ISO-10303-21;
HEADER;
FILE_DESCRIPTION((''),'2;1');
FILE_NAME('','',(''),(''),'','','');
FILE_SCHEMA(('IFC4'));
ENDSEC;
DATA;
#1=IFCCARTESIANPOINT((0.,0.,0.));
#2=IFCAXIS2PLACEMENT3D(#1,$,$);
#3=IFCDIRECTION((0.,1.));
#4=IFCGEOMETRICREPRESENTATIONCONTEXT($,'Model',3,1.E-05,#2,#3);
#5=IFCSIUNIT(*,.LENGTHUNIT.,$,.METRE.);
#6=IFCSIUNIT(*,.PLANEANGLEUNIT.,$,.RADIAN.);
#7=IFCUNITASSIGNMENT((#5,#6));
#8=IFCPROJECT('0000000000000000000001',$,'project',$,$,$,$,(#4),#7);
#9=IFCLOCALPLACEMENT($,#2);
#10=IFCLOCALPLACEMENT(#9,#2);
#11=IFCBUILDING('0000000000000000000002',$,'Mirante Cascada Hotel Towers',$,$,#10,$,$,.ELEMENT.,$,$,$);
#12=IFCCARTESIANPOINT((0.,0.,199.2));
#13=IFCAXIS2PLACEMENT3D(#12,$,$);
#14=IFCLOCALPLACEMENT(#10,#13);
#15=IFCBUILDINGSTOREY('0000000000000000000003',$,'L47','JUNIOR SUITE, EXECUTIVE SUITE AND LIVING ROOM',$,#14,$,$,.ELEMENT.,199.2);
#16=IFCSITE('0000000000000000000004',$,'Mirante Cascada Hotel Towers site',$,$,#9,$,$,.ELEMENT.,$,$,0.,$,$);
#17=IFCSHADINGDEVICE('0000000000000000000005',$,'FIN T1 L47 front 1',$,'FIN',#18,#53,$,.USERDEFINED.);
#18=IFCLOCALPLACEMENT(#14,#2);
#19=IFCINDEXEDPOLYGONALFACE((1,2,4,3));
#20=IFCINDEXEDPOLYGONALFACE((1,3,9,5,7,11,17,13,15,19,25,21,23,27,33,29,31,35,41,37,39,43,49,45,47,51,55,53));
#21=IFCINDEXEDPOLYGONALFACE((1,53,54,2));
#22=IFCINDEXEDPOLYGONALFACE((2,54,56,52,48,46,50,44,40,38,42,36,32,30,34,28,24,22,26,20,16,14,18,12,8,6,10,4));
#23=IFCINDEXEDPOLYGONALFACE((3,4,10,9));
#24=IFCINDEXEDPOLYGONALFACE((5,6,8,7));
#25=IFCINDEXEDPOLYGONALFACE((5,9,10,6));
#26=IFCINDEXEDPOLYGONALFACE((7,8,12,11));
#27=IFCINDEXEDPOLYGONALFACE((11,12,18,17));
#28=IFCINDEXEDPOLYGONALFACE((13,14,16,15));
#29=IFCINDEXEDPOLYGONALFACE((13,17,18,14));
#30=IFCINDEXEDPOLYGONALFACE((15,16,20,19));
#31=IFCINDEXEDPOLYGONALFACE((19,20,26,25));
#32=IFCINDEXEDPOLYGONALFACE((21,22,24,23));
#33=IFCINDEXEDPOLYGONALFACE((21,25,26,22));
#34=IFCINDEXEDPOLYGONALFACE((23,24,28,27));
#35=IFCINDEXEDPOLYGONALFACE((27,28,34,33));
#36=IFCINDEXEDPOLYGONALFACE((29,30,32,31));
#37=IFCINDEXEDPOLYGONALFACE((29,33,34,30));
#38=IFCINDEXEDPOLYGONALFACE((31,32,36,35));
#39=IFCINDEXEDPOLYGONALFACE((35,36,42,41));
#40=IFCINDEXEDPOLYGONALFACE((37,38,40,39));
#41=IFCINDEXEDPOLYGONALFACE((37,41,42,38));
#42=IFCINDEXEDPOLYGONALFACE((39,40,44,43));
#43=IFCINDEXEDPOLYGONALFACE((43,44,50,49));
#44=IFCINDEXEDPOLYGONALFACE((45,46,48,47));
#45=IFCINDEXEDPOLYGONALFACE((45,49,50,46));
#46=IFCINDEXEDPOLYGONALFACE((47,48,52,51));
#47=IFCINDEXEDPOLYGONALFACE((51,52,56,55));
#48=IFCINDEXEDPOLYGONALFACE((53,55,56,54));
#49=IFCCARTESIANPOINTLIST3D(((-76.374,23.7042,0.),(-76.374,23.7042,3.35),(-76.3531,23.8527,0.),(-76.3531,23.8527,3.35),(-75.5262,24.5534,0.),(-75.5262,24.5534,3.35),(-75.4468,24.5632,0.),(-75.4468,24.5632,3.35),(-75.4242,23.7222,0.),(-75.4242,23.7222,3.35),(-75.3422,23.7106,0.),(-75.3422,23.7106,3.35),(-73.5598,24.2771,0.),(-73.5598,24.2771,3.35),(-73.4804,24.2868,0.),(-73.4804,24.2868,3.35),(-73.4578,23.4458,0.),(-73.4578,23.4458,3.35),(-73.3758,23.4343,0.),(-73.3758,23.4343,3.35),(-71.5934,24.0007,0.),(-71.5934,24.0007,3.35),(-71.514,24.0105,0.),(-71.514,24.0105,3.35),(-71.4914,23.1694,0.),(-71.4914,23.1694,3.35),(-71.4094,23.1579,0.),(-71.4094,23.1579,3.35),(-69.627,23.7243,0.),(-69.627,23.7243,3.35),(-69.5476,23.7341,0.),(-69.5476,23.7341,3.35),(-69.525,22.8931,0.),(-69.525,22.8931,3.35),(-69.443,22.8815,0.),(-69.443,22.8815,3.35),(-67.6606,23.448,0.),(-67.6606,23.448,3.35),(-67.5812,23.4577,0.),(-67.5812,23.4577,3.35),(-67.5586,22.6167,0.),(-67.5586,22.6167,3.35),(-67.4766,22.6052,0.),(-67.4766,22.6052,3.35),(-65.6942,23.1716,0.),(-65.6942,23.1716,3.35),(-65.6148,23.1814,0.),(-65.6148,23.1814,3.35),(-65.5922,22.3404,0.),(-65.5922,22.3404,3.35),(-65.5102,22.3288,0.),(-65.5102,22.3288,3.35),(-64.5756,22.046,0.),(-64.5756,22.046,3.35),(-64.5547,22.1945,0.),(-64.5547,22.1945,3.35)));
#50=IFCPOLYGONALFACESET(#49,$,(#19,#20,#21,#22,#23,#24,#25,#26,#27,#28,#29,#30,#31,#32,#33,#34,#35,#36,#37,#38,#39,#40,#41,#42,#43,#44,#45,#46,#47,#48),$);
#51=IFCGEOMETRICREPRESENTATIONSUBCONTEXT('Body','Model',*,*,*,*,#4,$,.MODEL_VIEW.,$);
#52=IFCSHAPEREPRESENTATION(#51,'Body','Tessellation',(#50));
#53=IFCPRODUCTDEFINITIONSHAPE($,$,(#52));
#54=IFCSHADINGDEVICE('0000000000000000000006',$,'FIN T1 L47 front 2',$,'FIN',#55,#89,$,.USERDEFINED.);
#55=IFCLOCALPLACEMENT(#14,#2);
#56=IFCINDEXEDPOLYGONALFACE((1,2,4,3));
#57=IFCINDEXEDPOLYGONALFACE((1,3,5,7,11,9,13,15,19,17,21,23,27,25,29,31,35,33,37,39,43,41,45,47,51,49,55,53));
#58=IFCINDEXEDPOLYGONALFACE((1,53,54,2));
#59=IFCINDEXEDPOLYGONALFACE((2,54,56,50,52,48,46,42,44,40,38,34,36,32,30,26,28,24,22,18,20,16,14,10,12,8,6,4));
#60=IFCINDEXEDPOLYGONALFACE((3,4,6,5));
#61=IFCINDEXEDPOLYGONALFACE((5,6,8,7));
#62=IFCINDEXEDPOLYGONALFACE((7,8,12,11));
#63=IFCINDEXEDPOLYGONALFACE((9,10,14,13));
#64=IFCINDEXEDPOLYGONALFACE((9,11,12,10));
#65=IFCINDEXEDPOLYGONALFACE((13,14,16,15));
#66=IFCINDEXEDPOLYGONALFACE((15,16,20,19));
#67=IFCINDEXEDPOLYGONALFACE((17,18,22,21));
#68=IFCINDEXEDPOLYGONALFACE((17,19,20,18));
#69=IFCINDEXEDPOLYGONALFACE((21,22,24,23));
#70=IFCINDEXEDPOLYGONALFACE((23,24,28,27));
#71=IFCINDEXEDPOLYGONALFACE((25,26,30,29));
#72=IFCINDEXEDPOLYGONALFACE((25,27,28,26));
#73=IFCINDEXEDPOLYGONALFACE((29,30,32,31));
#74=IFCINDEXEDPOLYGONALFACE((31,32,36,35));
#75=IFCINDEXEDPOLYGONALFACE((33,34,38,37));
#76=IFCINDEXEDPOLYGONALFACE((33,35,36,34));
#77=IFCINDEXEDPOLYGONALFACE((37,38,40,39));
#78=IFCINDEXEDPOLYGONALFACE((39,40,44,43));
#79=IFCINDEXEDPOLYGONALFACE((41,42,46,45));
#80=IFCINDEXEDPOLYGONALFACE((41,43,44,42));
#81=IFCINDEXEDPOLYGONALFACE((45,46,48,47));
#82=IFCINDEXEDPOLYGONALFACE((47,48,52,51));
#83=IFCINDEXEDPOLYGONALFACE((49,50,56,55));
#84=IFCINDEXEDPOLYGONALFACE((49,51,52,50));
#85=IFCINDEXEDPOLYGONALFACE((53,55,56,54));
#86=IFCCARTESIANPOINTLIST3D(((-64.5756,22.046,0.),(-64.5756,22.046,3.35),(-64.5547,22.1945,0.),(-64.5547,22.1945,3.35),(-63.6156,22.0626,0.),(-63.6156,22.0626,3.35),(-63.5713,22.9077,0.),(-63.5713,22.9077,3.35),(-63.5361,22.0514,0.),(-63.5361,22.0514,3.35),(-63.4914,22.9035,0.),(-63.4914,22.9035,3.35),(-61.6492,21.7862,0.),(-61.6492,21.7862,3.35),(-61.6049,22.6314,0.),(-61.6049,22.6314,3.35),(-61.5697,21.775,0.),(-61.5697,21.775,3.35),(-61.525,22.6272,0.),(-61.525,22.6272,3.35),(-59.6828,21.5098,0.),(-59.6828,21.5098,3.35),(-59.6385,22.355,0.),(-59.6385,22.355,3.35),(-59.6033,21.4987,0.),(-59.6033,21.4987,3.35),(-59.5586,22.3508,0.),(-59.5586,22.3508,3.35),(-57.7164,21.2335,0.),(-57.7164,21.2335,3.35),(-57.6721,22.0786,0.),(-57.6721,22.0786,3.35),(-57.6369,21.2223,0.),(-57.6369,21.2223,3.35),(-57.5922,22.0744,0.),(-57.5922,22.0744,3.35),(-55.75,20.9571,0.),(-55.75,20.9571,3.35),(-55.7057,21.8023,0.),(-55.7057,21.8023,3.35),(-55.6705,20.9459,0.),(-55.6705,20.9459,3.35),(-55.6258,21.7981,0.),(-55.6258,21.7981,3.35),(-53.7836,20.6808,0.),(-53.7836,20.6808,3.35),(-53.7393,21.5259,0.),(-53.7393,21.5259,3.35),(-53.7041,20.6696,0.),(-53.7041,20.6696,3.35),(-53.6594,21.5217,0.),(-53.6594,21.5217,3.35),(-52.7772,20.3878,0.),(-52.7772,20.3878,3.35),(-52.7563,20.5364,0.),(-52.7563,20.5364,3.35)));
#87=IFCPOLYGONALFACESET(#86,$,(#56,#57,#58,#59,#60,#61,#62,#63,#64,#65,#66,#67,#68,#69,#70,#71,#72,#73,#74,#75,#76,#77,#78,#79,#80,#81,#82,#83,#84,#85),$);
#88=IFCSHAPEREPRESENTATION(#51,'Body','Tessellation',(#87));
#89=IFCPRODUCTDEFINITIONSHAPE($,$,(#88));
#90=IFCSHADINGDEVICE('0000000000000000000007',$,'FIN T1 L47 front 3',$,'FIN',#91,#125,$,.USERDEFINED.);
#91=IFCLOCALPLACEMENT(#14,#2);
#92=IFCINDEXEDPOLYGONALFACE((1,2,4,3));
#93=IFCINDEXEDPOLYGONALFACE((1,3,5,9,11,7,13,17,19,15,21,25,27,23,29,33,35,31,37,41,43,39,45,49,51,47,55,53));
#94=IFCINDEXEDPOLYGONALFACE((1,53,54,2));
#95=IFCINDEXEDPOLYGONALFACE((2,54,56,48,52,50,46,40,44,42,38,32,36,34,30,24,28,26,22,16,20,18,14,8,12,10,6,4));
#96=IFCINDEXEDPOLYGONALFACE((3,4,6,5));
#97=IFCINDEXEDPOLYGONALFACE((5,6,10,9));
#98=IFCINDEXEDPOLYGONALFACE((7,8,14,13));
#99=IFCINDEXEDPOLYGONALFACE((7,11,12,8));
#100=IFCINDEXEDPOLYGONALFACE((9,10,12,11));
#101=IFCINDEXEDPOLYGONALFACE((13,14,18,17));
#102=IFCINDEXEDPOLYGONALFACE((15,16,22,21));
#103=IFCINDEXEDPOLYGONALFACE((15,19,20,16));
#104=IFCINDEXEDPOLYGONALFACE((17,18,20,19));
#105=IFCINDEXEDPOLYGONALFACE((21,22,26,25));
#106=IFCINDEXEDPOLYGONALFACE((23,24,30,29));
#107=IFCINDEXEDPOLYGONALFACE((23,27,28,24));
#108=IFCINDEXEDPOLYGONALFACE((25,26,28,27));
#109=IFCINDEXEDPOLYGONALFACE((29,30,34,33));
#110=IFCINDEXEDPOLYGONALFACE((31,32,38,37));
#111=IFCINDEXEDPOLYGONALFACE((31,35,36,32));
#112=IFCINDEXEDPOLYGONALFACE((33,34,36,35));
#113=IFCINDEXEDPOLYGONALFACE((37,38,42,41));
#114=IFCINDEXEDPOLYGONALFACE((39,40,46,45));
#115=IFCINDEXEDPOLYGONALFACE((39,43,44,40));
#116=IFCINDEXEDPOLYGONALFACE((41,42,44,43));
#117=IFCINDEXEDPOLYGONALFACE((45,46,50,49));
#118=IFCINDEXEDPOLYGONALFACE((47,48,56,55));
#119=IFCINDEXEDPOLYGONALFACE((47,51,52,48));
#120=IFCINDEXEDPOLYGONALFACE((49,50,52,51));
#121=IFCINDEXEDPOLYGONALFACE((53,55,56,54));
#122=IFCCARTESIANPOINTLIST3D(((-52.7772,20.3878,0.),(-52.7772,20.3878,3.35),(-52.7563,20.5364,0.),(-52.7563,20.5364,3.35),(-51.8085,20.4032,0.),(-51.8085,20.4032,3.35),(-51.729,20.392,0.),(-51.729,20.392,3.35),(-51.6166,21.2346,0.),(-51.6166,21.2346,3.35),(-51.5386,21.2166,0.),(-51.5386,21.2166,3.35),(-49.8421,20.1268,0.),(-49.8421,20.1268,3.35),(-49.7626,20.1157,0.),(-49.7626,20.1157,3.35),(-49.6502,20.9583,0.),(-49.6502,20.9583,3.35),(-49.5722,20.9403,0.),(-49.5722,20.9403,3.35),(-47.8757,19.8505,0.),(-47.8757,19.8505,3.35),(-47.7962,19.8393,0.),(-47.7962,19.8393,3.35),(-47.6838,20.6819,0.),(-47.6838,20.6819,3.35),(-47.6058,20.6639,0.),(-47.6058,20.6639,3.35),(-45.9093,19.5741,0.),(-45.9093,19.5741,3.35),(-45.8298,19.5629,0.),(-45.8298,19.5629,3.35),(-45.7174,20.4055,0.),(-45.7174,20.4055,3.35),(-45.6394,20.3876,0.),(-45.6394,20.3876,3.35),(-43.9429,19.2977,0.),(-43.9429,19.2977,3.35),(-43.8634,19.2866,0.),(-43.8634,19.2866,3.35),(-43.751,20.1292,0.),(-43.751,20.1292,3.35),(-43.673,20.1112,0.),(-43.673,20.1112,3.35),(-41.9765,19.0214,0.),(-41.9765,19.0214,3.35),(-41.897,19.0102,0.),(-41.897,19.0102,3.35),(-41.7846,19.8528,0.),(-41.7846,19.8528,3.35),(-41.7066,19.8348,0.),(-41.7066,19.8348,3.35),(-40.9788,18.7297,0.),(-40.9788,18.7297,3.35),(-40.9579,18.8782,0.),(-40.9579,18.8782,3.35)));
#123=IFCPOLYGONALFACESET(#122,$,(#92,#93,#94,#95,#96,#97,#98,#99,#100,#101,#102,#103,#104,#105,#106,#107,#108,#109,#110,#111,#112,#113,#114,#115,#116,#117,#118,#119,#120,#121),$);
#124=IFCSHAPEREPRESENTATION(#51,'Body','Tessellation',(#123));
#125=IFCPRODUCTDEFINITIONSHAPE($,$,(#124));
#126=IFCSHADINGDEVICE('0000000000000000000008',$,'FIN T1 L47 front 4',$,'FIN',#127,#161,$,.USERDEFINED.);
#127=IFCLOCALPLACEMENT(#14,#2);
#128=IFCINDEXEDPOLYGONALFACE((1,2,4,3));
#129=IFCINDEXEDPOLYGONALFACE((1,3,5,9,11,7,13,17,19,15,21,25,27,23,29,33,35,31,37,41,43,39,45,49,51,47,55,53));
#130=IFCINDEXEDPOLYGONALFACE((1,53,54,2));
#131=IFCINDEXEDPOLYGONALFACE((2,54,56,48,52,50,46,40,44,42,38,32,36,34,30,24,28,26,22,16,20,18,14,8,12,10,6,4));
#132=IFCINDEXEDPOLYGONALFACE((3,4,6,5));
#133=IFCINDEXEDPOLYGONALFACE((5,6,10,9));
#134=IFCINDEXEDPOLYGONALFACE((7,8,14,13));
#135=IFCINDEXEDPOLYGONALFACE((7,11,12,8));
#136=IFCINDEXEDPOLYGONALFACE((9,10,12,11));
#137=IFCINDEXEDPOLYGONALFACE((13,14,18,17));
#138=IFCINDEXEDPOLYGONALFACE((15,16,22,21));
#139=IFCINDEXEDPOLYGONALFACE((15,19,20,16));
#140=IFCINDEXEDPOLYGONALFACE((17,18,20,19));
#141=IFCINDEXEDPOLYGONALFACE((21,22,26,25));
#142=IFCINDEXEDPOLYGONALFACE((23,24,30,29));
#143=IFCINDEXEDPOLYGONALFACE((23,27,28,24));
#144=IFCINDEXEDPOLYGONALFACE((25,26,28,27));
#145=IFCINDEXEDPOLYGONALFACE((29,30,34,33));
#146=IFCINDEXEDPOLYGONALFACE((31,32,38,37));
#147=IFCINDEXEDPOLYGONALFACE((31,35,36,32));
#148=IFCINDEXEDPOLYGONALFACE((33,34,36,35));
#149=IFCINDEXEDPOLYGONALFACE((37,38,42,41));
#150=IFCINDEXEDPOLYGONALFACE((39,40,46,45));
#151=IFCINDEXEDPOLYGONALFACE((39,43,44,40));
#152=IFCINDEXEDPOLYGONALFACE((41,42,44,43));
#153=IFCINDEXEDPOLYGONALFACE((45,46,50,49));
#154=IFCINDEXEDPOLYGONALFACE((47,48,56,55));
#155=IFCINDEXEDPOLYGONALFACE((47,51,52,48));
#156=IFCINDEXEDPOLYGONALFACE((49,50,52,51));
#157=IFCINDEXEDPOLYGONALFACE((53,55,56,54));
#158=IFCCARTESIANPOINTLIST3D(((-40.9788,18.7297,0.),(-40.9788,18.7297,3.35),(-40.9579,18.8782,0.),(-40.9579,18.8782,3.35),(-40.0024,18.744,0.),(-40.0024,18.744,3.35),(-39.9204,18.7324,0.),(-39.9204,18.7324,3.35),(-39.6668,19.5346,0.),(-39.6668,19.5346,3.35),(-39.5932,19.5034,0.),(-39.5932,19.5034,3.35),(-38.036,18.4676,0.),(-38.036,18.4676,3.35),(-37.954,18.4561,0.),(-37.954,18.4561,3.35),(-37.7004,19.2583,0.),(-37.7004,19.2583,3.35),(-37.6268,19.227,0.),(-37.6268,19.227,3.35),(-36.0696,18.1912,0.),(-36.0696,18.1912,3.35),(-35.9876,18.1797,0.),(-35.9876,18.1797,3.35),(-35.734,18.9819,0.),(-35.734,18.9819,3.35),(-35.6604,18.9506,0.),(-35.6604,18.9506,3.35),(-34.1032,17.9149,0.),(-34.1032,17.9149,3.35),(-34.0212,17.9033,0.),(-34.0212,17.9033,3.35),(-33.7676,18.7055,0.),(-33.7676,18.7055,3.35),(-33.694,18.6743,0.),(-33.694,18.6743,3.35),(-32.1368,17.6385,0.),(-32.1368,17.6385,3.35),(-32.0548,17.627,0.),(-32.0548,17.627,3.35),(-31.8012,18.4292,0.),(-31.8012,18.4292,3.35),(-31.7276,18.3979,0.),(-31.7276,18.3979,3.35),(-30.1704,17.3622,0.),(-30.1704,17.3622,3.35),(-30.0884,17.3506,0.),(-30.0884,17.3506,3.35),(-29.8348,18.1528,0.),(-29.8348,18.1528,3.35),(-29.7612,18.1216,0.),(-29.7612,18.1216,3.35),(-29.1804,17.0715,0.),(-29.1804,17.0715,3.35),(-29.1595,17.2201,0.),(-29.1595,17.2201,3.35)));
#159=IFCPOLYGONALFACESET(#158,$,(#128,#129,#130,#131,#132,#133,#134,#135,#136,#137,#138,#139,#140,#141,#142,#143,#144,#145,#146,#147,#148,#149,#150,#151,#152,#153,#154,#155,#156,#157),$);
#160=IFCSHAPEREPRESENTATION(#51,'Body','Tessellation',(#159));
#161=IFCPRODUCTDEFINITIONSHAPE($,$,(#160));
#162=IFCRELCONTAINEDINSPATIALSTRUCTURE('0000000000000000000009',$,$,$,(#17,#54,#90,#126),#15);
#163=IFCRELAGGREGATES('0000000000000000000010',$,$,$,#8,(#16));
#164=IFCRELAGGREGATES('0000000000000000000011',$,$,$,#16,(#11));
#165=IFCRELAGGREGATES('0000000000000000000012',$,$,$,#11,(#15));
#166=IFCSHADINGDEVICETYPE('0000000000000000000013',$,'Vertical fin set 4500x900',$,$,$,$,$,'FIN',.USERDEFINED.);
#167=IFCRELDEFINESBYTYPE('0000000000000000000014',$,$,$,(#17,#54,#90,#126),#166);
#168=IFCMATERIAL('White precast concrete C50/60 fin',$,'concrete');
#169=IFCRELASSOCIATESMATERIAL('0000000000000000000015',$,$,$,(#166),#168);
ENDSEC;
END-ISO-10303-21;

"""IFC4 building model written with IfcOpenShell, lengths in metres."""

from ifc_helpers import new_model, si_unit, direction, frame, origin, place, context, subcontext, project, spatial, polyline, outline, extrude, material, type_object, element, save


model = new_model("IFC4")

# Units and contexts
model_context = context("Model", 3, precision=1e-05, world=origin(), true_north=direction((0.0, 1.0)))
body_context = subcontext(model_context, "Body", "Model", "MODEL_VIEW")
ifc_project = project(units=[si_unit("LENGTHUNIT", "METRE"), si_unit("PLANEANGLEUNIT", "RADIAN")], contexts=[model_context])

# Site, building, storey
site_placement = place(None, origin())
site = spatial("IfcSite", under=ifc_project, at=site_placement, Name="Mirante Cascada Hotel Towers site", CompositionType="ELEMENT", RefElevation=0.0)
building_placement = place(site_placement, origin())
building = spatial("IfcBuilding", under=site, at=building_placement, Name="Mirante Cascada Hotel Towers", CompositionType="ELEMENT")
storey_placement = place(building_placement, frame((0.0, 0.0, 199.2)))
storey = spatial("IfcBuildingStorey", under=building, at=storey_placement, Name="L47", Description="JUNIOR SUITE, EXECUTIVE SUITE AND LIVING ROOM", CompositionType="ELEMENT", Elevation=199.2)

# Shading devices
ifc_material_1 = material(Name="White precast concrete C50/60 fin", Category="concrete")
shading_device_type = type_object("IfcShadingDeviceType", Name="Vertical fin set 4500x900", ElementType="FIN", PredefinedType="USERDEFINED", material=ifc_material_1)
shading_device_1_placement = place(storey_placement, origin())
element("IfcShadingDevice", 1, at=shading_device_1_placement, inside=storey, type_object=shading_device_type, Name="FIN T1 L47 front 1", ObjectType="FIN", PredefinedType="USERDEFINED", context=body_context, shape_type="SweptSolid", body=[
    extrude(outline(polyline([(-65.6148, 23.1814), (-65.5102, 22.3288), (-64.5547, 22.1945), (-64.5756, 22.046), (-76.374, 23.7042), (-76.3531, 23.8527), (-75.4242, 23.7222), (-75.5262, 24.5534), (-75.4468, 24.5632), (-75.3422, 23.7106), (-73.4578, 23.4458), (-73.5598, 24.2771), (-73.4804, 24.2868), (-73.3758, 23.4343), (-71.4914, 23.1694), (-71.5934, 24.0007), (-71.514, 24.0105), (-71.4094, 23.1579), (-69.525, 22.8931), (-69.627, 23.7243), (-69.5476, 23.7341), (-69.443, 22.8815), (-67.5586, 22.6167), (-67.6606, 23.448), (-67.5812, 23.4577), (-67.4766, 22.6052), (-65.5922, 22.3404), (-65.6942, 23.1716), (-65.6148, 23.1814)])), origin(), (0.0, 0.0, 1.0), 3.35),
])
shading_device_2_placement = place(storey_placement, origin())
element("IfcShadingDevice", 2, at=shading_device_2_placement, inside=storey, type_object=shading_device_type, Name="FIN T1 L47 front 2", ObjectType="FIN", PredefinedType="USERDEFINED", context=body_context, shape_type="SweptSolid", body=[
    extrude(outline(polyline([(-53.6594, 21.5217), (-53.7041, 20.6696), (-52.7563, 20.5364), (-52.7772, 20.3878), (-64.5756, 22.046), (-64.5547, 22.1945), (-63.6156, 22.0626), (-63.5713, 22.9077), (-63.4914, 22.9035), (-63.5361, 22.0514), (-61.6492, 21.7862), (-61.6049, 22.6314), (-61.525, 22.6272), (-61.5697, 21.775), (-59.6828, 21.5098), (-59.6385, 22.355), (-59.5586, 22.3508), (-59.6033, 21.4987), (-57.7164, 21.2335), (-57.6721, 22.0786), (-57.5922, 22.0744), (-57.6369, 21.2223), (-55.75, 20.9571), (-55.7057, 21.8023), (-55.6258, 21.7981), (-55.6705, 20.9459), (-53.7836, 20.6808), (-53.7393, 21.5259), (-53.6594, 21.5217)])), origin(), (0.0, 0.0, 1.0), 3.35),
])
shading_device_3_placement = place(storey_placement, origin())
element("IfcShadingDevice", 3, at=shading_device_3_placement, inside=storey, type_object=shading_device_type, Name="FIN T1 L47 front 3", ObjectType="FIN", PredefinedType="USERDEFINED", context=body_context, shape_type="SweptSolid", body=[
    extrude(outline(polyline([(-41.7066, 19.8348), (-41.897, 19.0102), (-40.9579, 18.8782), (-40.9788, 18.7297), (-52.7772, 20.3878), (-52.7563, 20.5364), (-51.8085, 20.4032), (-51.6166, 21.2346), (-51.5386, 21.2166), (-51.729, 20.392), (-49.8421, 20.1268), (-49.6502, 20.9583), (-49.5722, 20.9403), (-49.7626, 20.1157), (-47.8757, 19.8505), (-47.6838, 20.6819), (-47.6058, 20.6639), (-47.7962, 19.8393), (-45.9093, 19.5741), (-45.7174, 20.4055), (-45.6394, 20.3876), (-45.8298, 19.5629), (-43.9429, 19.2977), (-43.751, 20.1292), (-43.673, 20.1112), (-43.8634, 19.2866), (-41.9765, 19.0214), (-41.7846, 19.8528), (-41.7066, 19.8348)])), origin(), (0.0, 0.0, 1.0), 3.35),
])
shading_device_4_placement = place(storey_placement, origin())
element("IfcShadingDevice", 4, at=shading_device_4_placement, inside=storey, type_object=shading_device_type, Name="FIN T1 L47 front 4", ObjectType="FIN", PredefinedType="USERDEFINED", context=body_context, shape_type="SweptSolid", body=[
    extrude(outline(polyline([(-29.7612, 18.1216), (-30.0884, 17.3506), (-29.1595, 17.2201), (-29.1804, 17.0715), (-40.9788, 18.7297), (-40.9579, 18.8782), (-40.0024, 18.744), (-39.6668, 19.5346), (-39.5932, 19.5034), (-39.9204, 18.7324), (-38.036, 18.4676), (-37.7004, 19.2583), (-37.6268, 19.227), (-37.954, 18.4561), (-36.0696, 18.1912), (-35.734, 18.9819), (-35.6604, 18.9506), (-35.9876, 18.1797), (-34.1032, 17.9149), (-33.7676, 18.7055), (-33.694, 18.6743), (-34.0212, 17.9033), (-32.1368, 17.6385), (-31.8012, 18.4292), (-31.7276, 18.3979), (-32.0548, 17.627), (-30.1704, 17.3622), (-29.8348, 18.1528), (-29.7612, 18.1216)])), origin(), (0.0, 0.0, 1.0), 3.35),
])

save(model, "model.ifc")
